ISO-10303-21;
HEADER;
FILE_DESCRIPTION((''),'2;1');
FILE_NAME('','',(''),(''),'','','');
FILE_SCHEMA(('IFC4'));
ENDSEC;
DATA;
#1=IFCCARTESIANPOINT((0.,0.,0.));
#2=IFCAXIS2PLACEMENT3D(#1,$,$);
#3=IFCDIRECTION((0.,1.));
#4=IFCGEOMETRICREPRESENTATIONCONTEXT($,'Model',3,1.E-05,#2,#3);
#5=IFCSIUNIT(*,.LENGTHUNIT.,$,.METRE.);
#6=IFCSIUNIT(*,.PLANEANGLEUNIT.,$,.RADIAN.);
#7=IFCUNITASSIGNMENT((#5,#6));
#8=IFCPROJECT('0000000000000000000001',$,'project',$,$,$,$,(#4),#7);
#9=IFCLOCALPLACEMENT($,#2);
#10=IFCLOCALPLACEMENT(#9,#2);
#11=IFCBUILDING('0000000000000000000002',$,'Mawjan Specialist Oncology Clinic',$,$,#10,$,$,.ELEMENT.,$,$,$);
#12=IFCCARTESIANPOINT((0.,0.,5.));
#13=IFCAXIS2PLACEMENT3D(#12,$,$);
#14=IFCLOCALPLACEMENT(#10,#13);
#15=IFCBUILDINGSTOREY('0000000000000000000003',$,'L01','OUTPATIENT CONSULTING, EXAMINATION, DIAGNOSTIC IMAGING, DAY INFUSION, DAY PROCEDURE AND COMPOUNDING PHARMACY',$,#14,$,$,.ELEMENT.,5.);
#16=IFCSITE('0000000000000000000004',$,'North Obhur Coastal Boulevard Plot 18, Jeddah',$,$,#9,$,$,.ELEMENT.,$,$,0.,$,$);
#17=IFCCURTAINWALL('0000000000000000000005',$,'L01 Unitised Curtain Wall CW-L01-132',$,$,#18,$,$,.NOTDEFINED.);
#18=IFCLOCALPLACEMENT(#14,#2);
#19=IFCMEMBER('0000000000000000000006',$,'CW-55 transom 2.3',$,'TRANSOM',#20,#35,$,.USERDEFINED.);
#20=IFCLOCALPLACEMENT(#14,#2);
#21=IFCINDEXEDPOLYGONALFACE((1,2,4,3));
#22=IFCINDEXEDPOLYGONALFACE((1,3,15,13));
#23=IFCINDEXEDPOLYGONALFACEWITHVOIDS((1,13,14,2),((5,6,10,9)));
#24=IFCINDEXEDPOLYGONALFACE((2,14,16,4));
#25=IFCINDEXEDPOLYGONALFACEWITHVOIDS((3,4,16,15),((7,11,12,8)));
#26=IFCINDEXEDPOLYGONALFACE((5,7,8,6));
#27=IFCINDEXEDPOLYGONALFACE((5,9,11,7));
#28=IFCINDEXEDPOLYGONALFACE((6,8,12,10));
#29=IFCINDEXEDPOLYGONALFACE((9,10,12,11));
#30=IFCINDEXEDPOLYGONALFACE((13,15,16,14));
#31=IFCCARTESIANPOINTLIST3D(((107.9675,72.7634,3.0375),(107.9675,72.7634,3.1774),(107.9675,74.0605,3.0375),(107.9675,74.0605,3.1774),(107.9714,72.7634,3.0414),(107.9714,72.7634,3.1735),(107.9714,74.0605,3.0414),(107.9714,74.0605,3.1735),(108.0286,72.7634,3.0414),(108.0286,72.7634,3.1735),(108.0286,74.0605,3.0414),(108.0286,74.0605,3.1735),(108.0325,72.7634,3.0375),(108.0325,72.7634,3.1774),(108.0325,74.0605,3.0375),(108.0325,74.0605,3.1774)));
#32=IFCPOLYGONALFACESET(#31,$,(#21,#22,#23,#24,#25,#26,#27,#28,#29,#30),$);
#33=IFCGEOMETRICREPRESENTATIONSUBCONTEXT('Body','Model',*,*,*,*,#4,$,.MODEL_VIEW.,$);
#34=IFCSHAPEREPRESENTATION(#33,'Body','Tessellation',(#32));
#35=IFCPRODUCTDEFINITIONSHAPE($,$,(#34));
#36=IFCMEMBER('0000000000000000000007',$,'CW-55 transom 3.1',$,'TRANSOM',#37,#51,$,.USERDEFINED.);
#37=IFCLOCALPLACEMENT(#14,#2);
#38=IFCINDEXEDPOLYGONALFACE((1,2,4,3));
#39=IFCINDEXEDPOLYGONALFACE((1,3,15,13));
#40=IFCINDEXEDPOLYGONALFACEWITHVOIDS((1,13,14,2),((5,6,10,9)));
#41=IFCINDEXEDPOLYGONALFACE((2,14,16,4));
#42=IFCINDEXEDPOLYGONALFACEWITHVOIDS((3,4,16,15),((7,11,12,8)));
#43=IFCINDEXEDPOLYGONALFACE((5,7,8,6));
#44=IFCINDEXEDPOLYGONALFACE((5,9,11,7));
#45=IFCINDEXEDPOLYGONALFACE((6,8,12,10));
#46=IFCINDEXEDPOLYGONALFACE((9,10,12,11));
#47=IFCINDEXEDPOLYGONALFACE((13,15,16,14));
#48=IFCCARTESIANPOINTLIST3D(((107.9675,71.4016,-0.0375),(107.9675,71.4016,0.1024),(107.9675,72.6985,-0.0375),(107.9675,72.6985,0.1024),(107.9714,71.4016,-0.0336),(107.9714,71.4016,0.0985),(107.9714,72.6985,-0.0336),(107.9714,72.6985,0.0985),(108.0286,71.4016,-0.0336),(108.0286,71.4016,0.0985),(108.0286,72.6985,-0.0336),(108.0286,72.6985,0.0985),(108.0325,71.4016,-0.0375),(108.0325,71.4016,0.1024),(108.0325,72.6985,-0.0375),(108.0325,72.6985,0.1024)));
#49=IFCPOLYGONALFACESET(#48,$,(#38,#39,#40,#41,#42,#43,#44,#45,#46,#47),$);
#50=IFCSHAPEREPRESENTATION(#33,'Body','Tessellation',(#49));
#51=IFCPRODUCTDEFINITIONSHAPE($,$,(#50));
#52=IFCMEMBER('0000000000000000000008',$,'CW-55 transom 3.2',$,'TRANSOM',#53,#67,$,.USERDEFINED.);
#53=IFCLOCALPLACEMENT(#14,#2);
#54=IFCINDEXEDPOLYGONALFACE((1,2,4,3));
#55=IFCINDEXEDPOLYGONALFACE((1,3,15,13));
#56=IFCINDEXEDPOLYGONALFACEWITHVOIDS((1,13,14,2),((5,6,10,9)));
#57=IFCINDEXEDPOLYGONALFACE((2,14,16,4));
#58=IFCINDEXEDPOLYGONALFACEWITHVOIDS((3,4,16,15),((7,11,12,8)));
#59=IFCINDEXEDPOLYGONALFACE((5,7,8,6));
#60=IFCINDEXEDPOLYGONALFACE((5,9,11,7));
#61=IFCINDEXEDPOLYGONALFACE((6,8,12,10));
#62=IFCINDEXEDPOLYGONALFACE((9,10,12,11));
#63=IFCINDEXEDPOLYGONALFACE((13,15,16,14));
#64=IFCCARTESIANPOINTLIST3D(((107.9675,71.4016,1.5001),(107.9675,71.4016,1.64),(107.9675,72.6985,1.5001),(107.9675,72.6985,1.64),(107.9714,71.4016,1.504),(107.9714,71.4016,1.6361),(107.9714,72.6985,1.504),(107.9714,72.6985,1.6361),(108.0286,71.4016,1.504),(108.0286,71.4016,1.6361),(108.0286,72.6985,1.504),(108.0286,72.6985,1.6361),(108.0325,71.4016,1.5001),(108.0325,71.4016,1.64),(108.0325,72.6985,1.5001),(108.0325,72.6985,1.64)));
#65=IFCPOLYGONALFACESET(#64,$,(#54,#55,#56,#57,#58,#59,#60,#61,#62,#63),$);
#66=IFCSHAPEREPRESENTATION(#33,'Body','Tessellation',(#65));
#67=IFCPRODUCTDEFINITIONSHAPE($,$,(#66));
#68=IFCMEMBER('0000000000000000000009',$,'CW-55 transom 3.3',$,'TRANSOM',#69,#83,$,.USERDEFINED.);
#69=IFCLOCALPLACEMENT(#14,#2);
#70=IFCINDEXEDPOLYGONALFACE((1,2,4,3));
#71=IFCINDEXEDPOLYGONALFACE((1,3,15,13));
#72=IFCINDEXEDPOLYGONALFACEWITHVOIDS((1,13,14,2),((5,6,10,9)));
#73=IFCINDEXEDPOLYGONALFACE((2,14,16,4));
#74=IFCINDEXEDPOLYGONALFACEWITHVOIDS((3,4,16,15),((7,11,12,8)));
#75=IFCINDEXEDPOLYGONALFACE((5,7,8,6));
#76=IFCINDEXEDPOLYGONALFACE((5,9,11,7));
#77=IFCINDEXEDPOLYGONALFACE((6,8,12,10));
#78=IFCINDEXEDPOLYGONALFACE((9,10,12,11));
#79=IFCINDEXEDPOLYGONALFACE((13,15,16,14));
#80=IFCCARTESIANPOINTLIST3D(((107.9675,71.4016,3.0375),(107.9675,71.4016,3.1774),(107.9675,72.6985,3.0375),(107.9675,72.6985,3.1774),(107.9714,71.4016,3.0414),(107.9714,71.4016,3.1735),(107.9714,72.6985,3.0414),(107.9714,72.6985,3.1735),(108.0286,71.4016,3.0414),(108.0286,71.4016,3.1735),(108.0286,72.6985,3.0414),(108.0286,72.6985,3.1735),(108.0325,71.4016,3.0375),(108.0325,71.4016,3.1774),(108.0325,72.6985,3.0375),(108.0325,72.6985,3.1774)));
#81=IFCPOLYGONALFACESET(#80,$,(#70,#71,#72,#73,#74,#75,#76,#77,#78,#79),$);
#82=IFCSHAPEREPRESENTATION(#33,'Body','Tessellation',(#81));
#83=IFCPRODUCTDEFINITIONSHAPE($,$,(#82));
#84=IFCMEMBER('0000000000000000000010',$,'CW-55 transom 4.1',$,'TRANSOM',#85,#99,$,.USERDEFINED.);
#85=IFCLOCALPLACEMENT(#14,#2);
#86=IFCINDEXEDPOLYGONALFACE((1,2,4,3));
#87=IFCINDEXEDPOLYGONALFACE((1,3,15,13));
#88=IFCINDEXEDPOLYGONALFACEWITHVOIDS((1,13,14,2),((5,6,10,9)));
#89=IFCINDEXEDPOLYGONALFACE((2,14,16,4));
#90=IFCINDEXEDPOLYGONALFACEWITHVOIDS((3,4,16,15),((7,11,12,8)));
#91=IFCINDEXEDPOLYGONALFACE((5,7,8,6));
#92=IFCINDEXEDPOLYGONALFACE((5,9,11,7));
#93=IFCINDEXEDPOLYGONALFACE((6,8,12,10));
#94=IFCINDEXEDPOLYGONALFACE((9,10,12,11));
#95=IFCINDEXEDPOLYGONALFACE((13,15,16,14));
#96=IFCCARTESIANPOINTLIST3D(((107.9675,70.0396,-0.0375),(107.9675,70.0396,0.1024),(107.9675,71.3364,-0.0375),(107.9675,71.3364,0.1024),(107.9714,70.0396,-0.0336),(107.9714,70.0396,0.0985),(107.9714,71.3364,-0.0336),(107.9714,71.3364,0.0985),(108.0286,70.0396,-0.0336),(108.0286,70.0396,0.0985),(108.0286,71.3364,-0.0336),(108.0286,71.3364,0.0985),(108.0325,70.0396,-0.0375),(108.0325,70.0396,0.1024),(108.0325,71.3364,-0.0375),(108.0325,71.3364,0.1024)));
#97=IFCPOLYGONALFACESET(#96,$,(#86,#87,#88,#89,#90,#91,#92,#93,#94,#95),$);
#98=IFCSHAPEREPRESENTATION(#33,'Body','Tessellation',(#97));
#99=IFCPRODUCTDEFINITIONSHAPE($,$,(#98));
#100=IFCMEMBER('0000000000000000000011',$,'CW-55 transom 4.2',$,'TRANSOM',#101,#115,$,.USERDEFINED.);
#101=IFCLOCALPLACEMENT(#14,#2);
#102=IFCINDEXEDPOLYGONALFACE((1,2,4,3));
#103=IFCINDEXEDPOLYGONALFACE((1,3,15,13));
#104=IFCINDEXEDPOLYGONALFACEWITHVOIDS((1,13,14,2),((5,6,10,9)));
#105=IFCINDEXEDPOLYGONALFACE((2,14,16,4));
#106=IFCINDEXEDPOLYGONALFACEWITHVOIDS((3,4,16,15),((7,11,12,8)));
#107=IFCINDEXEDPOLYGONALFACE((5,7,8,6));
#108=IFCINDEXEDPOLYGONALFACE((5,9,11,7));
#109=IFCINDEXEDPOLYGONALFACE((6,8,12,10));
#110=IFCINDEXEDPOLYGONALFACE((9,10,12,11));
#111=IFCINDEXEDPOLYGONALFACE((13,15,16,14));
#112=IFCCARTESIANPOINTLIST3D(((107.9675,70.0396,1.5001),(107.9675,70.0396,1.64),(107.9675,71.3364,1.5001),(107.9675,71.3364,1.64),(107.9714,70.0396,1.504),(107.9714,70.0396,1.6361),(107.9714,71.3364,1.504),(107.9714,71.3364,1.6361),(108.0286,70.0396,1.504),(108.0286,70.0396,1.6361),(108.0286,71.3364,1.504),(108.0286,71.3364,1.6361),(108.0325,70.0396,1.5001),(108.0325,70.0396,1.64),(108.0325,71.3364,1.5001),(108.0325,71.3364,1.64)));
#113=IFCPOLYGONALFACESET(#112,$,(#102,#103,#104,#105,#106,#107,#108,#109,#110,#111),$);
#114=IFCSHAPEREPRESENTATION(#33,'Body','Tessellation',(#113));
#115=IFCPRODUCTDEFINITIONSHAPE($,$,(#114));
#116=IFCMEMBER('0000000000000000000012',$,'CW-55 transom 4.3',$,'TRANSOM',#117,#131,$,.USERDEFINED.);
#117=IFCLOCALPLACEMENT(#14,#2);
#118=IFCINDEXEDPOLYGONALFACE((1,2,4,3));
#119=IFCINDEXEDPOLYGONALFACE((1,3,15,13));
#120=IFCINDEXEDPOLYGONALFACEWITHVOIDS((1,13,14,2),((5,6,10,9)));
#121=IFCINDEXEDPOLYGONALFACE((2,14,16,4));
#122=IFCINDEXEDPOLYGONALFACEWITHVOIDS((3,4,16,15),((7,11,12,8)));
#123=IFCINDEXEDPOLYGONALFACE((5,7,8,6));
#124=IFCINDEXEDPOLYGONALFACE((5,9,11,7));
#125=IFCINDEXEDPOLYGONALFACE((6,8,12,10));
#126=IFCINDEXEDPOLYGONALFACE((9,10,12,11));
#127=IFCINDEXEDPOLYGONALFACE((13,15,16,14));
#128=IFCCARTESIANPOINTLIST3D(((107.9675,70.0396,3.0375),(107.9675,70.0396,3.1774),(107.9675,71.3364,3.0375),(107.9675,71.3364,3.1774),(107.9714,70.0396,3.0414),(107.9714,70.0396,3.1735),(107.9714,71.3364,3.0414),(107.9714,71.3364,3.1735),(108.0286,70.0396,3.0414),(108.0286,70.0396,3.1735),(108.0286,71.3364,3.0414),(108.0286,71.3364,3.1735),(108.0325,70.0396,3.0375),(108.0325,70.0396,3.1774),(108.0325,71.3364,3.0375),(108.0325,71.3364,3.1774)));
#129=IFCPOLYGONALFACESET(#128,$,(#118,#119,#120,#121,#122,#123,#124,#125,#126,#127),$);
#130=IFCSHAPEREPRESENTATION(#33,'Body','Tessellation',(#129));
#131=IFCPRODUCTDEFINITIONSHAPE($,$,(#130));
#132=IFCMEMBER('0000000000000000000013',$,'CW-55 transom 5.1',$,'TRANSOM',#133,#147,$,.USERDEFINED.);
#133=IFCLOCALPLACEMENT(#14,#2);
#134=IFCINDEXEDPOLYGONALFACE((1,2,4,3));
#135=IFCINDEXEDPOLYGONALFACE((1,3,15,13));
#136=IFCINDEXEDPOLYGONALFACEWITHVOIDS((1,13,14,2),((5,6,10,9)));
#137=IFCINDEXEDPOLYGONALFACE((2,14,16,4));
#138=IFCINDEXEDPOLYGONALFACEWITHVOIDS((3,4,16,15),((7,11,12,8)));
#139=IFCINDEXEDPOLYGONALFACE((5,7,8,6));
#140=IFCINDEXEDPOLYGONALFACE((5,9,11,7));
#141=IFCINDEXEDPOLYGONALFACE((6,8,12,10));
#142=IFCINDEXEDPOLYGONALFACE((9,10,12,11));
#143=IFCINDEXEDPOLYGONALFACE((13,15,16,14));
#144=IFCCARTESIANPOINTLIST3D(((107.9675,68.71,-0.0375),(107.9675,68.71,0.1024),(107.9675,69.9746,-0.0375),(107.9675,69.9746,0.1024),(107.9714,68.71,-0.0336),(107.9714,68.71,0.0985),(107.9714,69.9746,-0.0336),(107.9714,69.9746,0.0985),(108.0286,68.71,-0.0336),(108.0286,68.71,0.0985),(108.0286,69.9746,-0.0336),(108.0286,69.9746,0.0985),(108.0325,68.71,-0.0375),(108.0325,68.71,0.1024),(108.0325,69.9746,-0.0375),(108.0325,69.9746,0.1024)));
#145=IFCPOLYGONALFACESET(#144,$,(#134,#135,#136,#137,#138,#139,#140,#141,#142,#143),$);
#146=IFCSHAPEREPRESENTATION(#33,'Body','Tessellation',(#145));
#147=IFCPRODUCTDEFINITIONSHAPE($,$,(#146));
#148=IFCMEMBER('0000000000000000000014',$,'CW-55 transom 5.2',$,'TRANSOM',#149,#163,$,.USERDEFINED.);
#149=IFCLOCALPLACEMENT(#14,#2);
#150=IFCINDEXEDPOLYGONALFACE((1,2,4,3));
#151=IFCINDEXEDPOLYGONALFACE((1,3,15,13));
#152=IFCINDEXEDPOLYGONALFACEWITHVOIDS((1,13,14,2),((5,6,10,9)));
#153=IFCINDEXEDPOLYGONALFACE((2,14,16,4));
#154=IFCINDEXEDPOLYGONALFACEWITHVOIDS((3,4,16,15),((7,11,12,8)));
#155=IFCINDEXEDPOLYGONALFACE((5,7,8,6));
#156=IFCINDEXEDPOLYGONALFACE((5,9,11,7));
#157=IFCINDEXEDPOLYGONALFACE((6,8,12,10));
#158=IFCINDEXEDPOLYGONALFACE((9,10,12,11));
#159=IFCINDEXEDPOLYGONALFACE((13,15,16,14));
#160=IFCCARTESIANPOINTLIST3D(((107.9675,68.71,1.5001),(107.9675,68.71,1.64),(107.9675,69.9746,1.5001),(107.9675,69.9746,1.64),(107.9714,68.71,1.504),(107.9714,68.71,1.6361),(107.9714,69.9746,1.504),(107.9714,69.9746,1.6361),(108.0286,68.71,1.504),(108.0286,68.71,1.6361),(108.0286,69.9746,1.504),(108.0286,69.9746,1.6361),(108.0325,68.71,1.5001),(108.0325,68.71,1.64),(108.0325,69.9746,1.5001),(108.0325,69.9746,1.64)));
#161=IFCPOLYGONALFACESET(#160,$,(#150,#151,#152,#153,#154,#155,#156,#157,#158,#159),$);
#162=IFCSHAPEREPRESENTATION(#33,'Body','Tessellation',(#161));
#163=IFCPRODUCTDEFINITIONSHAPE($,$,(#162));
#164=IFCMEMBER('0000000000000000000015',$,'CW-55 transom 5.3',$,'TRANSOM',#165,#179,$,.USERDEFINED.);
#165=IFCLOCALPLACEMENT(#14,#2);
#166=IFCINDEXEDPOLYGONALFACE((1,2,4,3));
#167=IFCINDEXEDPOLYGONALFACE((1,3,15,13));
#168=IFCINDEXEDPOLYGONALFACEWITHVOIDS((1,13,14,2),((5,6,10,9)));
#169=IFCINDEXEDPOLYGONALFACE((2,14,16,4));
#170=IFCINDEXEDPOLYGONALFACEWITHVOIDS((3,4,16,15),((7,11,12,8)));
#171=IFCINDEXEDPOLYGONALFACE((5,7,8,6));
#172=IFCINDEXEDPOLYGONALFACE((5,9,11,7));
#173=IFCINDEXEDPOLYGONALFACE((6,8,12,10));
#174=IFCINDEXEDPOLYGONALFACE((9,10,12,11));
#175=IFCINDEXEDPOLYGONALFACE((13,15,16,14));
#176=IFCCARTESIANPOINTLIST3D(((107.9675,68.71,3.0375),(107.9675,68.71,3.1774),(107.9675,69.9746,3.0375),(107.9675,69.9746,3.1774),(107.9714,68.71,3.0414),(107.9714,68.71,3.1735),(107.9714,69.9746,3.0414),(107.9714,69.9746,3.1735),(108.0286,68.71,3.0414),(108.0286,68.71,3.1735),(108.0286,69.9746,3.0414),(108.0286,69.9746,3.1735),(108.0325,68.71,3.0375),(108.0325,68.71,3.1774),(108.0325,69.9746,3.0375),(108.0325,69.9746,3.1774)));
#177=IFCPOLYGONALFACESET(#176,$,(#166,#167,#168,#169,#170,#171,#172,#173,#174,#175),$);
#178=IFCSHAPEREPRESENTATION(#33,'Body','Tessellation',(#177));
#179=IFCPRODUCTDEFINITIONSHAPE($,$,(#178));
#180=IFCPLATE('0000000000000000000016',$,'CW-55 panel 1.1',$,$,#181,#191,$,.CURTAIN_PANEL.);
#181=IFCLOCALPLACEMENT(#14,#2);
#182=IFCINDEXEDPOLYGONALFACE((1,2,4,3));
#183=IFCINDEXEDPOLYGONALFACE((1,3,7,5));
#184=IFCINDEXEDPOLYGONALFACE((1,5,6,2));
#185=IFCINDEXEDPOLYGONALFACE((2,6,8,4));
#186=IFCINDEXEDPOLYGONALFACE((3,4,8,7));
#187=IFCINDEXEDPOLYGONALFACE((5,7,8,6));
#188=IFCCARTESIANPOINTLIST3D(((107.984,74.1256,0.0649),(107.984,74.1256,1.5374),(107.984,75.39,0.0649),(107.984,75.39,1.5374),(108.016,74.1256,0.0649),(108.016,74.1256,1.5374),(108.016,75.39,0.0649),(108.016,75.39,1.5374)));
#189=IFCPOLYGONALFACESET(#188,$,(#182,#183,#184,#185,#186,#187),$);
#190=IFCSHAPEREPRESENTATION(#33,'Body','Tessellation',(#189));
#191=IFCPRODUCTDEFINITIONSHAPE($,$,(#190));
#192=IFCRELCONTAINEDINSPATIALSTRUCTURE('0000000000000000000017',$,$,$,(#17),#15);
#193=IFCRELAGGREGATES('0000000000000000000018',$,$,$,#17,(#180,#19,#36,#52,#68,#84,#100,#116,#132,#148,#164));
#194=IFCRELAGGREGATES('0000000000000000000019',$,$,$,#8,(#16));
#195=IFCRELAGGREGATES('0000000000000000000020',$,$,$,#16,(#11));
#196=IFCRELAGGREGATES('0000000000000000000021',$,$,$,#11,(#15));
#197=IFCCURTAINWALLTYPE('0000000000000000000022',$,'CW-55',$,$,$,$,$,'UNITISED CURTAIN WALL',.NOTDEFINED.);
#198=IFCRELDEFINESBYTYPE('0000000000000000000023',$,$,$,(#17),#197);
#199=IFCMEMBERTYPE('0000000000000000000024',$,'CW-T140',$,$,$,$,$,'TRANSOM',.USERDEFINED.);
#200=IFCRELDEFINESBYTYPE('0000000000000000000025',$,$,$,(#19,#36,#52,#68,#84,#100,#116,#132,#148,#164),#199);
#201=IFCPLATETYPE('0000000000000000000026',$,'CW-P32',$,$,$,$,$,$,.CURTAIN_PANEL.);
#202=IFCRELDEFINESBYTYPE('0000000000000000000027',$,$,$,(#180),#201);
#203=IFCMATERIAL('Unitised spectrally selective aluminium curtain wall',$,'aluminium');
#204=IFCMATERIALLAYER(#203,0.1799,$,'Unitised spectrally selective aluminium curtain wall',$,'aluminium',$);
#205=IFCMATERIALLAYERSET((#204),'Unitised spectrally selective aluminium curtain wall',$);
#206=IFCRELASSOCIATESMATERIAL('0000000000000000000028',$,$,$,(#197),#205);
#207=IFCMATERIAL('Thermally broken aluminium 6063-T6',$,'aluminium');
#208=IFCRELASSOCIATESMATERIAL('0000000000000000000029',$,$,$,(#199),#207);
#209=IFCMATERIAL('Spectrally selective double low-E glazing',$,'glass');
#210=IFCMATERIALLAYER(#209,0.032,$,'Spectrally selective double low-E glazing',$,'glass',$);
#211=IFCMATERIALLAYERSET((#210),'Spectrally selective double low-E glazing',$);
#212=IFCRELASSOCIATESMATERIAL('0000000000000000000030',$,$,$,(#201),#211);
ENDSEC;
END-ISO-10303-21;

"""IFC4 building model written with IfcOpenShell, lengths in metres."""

from ifc_helpers import new_model, si_unit, direction, frame, origin, origin_2d, place, context, subcontext, project, spatial, rectangle, hollow_rectangle, extrude, material, layer, layer_set, material_profile, profile_set, type_object, element, aggregate, save


model = new_model("IFC4")

# Units and contexts
model_context = context("Model", 3, precision=1e-05, world=origin(), true_north=direction((0.0, 1.0)))
body_context = subcontext(model_context, "Body", "Model", "MODEL_VIEW")
ifc_project = project(units=[si_unit("LENGTHUNIT", "METRE"), si_unit("PLANEANGLEUNIT", "RADIAN")], contexts=[model_context])

# Site, building, storey
site_placement = place(None, origin())
site = spatial("IfcSite", under=ifc_project, at=site_placement, Name="North Obhur Coastal Boulevard Plot 18, Jeddah", CompositionType="ELEMENT", RefElevation=0.0)
building_placement = place(site_placement, origin())
building = spatial("IfcBuilding", under=site, at=building_placement, Name="Mawjan Specialist Oncology Clinic", CompositionType="ELEMENT")
storey_placement = place(building_placement, frame((0.0, 0.0, 5.0)))
storey = spatial("IfcBuildingStorey", under=building, at=storey_placement, Name="L01", Description="OUTPATIENT CONSULTING, EXAMINATION, DIAGNOSTIC IMAGING, DAY INFUSION, DAY PROCEDURE AND COMPOUNDING PHARMACY", CompositionType="ELEMENT", Elevation=5.0)

# Curtain wall, members, plate
ifc_material_1 = material(Name="Unitised spectrally selective aluminium curtain wall", Category="aluminium")
ifc_layer_1 = layer(ifc_material_1, 0.1799, Name="Unitised spectrally selective aluminium curtain wall", Category="aluminium")
ifc_layer_set_1 = layer_set([ifc_layer_1], Name="Unitised spectrally selective aluminium curtain wall")
curtain_wall_type = type_object("IfcCurtainWallType", Name="CW-55", ElementType="UNITISED CURTAIN WALL", PredefinedType="NOTDEFINED", material=ifc_layer_set_1)
curtain_wall_placement = place(storey_placement, origin())
curtain_wall = element("IfcCurtainWall", 1, at=curtain_wall_placement, inside=storey, type_object=curtain_wall_type, Name="L01 Unitised Curtain Wall CW-L01-132", PredefinedType="NOTDEFINED")
ifc_material_2 = material(Name="Thermally broken aluminium 6063-T6", Category="aluminium")
ifc_material_profile_1 = material_profile(ifc_material_2, hollow_rectangle(XDim=0.0649, YDim=0.1399, WallThickness=0.0039, at=origin_2d()), Name="ALU TRANSOM 140x65x4", Category="aluminium")
ifc_profile_set_1 = profile_set([ifc_material_profile_1], Name="Thermally broken aluminium 6063-T6")
member_type_1 = type_object("IfcMemberType", Name="CW-T140", ElementType="TRANSOM", PredefinedType="USERDEFINED", material=ifc_profile_set_1)
member_1_placement = place(storey_placement, frame((108.0, 74.0605, 3.1074), z_axis=(0.0, -1.0, 0.0), x_axis=(1.0, 0.0, 0.0)))
member_1 = element("IfcMember", 2, at=member_1_placement, type_object=member_type_1, Name="CW-55 transom 2.3", ObjectType="TRANSOM", PredefinedType="USERDEFINED", context=body_context, shape_type="SweptSolid", body=[
    extrude(hollow_rectangle(XDim=0.0649, YDim=0.1399, WallThickness=0.0039, at=origin_2d()), origin(), (0.0, 0.0, 1.0), 1.2971),
])
member_2_placement = place(storey_placement, frame((108.0, 72.6985, 0.0325), z_axis=(0.0, -1.0, 0.0), x_axis=(1.0, 0.0, 0.0)))
member_2 = element("IfcMember", 3, at=member_2_placement, type_object=member_type_1, Name="CW-55 transom 3.1", ObjectType="TRANSOM", PredefinedType="USERDEFINED", context=body_context, shape_type="SweptSolid", body=[
    extrude(hollow_rectangle(XDim=0.0649, YDim=0.1399, WallThickness=0.0039, at=origin_2d()), origin(), (0.0, 0.0, 1.0), 1.2969),
])
member_3_placement = place(storey_placement, frame((108.0, 72.6985, 1.5701), z_axis=(0.0, -1.0, 0.0), x_axis=(1.0, 0.0, 0.0)))
member_3 = element("IfcMember", 4, at=member_3_placement, type_object=member_type_1, Name="CW-55 transom 3.2", ObjectType="TRANSOM", PredefinedType="USERDEFINED", context=body_context, shape_type="SweptSolid", body=[
    extrude(hollow_rectangle(XDim=0.0649, YDim=0.1399, WallThickness=0.0039, at=origin_2d()), origin(), (0.0, 0.0, 1.0), 1.2969),
])
member_4_placement = place(storey_placement, frame((108.0, 72.6985, 3.1074), z_axis=(0.0, -1.0, 0.0), x_axis=(1.0, 0.0, 0.0)))
member_4 = element("IfcMember", 5, at=member_4_placement, type_object=member_type_1, Name="CW-55 transom 3.3", ObjectType="TRANSOM", PredefinedType="USERDEFINED", context=body_context, shape_type="SweptSolid", body=[
    extrude(hollow_rectangle(XDim=0.0649, YDim=0.1399, WallThickness=0.0039, at=origin_2d()), origin(), (0.0, 0.0, 1.0), 1.2969),
])
member_5_placement = place(storey_placement, frame((108.0, 71.3364, 0.0325), z_axis=(0.0, -1.0, 0.0), x_axis=(1.0, 0.0, 0.0)))
member_5 = element("IfcMember", 6, at=member_5_placement, type_object=member_type_1, Name="CW-55 transom 4.1", ObjectType="TRANSOM", PredefinedType="USERDEFINED", context=body_context, shape_type="SweptSolid", body=[
    extrude(hollow_rectangle(XDim=0.0649, YDim=0.1399, WallThickness=0.0039, at=origin_2d()), origin(), (0.0, 0.0, 1.0), 1.2969),
])
member_6_placement = place(storey_placement, frame((108.0, 71.3364, 1.5701), z_axis=(0.0, -1.0, 0.0), x_axis=(1.0, 0.0, 0.0)))
member_6 = element("IfcMember", 7, at=member_6_placement, type_object=member_type_1, Name="CW-55 transom 4.2", ObjectType="TRANSOM", PredefinedType="USERDEFINED", context=body_context, shape_type="SweptSolid", body=[
    extrude(hollow_rectangle(XDim=0.0649, YDim=0.1399, WallThickness=0.0039, at=origin_2d()), origin(), (0.0, 0.0, 1.0), 1.2969),
])
member_7_placement = place(storey_placement, frame((108.0, 71.3364, 3.1074), z_axis=(0.0, -1.0, 0.0), x_axis=(1.0, 0.0, 0.0)))
member_7 = element("IfcMember", 8, at=member_7_placement, type_object=member_type_1, Name="CW-55 transom 4.3", ObjectType="TRANSOM", PredefinedType="USERDEFINED", context=body_context, shape_type="SweptSolid", body=[
    extrude(hollow_rectangle(XDim=0.0649, YDim=0.1399, WallThickness=0.0039, at=origin_2d()), origin(), (0.0, 0.0, 1.0), 1.2969),
])
member_8_placement = place(storey_placement, frame((108.0, 69.9746, 0.0325), z_axis=(0.0, -1.0, 0.0), x_axis=(1.0, 0.0, 0.0)))
member_8 = element("IfcMember", 9, at=member_8_placement, type_object=member_type_1, Name="CW-55 transom 5.1", ObjectType="TRANSOM", PredefinedType="USERDEFINED", context=body_context, shape_type="SweptSolid", body=[
    extrude(hollow_rectangle(XDim=0.0649, YDim=0.1399, WallThickness=0.0039, at=origin_2d()), origin(), (0.0, 0.0, 1.0), 1.2646),
])
member_9_placement = place(storey_placement, frame((108.0, 69.9746, 1.5701), z_axis=(0.0, -1.0, 0.0), x_axis=(1.0, 0.0, 0.0)))
member_9 = element("IfcMember", 10, at=member_9_placement, type_object=member_type_1, Name="CW-55 transom 5.2", ObjectType="TRANSOM", PredefinedType="USERDEFINED", context=body_context, shape_type="SweptSolid", body=[
    extrude(hollow_rectangle(XDim=0.0649, YDim=0.1399, WallThickness=0.0039, at=origin_2d()), origin(), (0.0, 0.0, 1.0), 1.2646),
])
member_10_placement = place(storey_placement, frame((108.0, 69.9746, 3.1074), z_axis=(0.0, -1.0, 0.0), x_axis=(1.0, 0.0, 0.0)))
member_10 = element("IfcMember", 11, at=member_10_placement, type_object=member_type_1, Name="CW-55 transom 5.3", ObjectType="TRANSOM", PredefinedType="USERDEFINED", context=body_context, shape_type="SweptSolid", body=[
    extrude(hollow_rectangle(XDim=0.0649, YDim=0.1399, WallThickness=0.0039, at=origin_2d()), origin(), (0.0, 0.0, 1.0), 1.2646),
])
ifc_material_3 = material(Name="Spectrally selective double low-E glazing", Category="glass")
ifc_layer_2 = layer(ifc_material_3, 0.032, Name="Spectrally selective double low-E glazing", Category="glass")
ifc_layer_set_2 = layer_set([ifc_layer_2], Name="Spectrally selective double low-E glazing")
plate_type = type_object("IfcPlateType", Name="CW-P32", PredefinedType="CURTAIN_PANEL", material=ifc_layer_set_2)
plate_1_placement = place(storey_placement, frame((108.0, 74.7578, 0.0649), z_axis=(0.0, 0.0, 1.0), x_axis=(0.0, -1.0, 0.0)))
plate_1 = element("IfcPlate", 12, at=plate_1_placement, type_object=plate_type, Name="CW-55 panel 1.1", PredefinedType="CURTAIN_PANEL", context=body_context, shape_type="SweptSolid", body=[
    extrude(rectangle(XDim=1.2644, YDim=0.032, at=origin_2d()), origin(), (0.0, 0.0, 1.0), 1.4724),
])
aggregate(curtain_wall, [plate_1, member_1, member_2, member_3, member_4, member_5, member_6, member_7, member_8, member_9, member_10])

save(model, "model.ifc")
